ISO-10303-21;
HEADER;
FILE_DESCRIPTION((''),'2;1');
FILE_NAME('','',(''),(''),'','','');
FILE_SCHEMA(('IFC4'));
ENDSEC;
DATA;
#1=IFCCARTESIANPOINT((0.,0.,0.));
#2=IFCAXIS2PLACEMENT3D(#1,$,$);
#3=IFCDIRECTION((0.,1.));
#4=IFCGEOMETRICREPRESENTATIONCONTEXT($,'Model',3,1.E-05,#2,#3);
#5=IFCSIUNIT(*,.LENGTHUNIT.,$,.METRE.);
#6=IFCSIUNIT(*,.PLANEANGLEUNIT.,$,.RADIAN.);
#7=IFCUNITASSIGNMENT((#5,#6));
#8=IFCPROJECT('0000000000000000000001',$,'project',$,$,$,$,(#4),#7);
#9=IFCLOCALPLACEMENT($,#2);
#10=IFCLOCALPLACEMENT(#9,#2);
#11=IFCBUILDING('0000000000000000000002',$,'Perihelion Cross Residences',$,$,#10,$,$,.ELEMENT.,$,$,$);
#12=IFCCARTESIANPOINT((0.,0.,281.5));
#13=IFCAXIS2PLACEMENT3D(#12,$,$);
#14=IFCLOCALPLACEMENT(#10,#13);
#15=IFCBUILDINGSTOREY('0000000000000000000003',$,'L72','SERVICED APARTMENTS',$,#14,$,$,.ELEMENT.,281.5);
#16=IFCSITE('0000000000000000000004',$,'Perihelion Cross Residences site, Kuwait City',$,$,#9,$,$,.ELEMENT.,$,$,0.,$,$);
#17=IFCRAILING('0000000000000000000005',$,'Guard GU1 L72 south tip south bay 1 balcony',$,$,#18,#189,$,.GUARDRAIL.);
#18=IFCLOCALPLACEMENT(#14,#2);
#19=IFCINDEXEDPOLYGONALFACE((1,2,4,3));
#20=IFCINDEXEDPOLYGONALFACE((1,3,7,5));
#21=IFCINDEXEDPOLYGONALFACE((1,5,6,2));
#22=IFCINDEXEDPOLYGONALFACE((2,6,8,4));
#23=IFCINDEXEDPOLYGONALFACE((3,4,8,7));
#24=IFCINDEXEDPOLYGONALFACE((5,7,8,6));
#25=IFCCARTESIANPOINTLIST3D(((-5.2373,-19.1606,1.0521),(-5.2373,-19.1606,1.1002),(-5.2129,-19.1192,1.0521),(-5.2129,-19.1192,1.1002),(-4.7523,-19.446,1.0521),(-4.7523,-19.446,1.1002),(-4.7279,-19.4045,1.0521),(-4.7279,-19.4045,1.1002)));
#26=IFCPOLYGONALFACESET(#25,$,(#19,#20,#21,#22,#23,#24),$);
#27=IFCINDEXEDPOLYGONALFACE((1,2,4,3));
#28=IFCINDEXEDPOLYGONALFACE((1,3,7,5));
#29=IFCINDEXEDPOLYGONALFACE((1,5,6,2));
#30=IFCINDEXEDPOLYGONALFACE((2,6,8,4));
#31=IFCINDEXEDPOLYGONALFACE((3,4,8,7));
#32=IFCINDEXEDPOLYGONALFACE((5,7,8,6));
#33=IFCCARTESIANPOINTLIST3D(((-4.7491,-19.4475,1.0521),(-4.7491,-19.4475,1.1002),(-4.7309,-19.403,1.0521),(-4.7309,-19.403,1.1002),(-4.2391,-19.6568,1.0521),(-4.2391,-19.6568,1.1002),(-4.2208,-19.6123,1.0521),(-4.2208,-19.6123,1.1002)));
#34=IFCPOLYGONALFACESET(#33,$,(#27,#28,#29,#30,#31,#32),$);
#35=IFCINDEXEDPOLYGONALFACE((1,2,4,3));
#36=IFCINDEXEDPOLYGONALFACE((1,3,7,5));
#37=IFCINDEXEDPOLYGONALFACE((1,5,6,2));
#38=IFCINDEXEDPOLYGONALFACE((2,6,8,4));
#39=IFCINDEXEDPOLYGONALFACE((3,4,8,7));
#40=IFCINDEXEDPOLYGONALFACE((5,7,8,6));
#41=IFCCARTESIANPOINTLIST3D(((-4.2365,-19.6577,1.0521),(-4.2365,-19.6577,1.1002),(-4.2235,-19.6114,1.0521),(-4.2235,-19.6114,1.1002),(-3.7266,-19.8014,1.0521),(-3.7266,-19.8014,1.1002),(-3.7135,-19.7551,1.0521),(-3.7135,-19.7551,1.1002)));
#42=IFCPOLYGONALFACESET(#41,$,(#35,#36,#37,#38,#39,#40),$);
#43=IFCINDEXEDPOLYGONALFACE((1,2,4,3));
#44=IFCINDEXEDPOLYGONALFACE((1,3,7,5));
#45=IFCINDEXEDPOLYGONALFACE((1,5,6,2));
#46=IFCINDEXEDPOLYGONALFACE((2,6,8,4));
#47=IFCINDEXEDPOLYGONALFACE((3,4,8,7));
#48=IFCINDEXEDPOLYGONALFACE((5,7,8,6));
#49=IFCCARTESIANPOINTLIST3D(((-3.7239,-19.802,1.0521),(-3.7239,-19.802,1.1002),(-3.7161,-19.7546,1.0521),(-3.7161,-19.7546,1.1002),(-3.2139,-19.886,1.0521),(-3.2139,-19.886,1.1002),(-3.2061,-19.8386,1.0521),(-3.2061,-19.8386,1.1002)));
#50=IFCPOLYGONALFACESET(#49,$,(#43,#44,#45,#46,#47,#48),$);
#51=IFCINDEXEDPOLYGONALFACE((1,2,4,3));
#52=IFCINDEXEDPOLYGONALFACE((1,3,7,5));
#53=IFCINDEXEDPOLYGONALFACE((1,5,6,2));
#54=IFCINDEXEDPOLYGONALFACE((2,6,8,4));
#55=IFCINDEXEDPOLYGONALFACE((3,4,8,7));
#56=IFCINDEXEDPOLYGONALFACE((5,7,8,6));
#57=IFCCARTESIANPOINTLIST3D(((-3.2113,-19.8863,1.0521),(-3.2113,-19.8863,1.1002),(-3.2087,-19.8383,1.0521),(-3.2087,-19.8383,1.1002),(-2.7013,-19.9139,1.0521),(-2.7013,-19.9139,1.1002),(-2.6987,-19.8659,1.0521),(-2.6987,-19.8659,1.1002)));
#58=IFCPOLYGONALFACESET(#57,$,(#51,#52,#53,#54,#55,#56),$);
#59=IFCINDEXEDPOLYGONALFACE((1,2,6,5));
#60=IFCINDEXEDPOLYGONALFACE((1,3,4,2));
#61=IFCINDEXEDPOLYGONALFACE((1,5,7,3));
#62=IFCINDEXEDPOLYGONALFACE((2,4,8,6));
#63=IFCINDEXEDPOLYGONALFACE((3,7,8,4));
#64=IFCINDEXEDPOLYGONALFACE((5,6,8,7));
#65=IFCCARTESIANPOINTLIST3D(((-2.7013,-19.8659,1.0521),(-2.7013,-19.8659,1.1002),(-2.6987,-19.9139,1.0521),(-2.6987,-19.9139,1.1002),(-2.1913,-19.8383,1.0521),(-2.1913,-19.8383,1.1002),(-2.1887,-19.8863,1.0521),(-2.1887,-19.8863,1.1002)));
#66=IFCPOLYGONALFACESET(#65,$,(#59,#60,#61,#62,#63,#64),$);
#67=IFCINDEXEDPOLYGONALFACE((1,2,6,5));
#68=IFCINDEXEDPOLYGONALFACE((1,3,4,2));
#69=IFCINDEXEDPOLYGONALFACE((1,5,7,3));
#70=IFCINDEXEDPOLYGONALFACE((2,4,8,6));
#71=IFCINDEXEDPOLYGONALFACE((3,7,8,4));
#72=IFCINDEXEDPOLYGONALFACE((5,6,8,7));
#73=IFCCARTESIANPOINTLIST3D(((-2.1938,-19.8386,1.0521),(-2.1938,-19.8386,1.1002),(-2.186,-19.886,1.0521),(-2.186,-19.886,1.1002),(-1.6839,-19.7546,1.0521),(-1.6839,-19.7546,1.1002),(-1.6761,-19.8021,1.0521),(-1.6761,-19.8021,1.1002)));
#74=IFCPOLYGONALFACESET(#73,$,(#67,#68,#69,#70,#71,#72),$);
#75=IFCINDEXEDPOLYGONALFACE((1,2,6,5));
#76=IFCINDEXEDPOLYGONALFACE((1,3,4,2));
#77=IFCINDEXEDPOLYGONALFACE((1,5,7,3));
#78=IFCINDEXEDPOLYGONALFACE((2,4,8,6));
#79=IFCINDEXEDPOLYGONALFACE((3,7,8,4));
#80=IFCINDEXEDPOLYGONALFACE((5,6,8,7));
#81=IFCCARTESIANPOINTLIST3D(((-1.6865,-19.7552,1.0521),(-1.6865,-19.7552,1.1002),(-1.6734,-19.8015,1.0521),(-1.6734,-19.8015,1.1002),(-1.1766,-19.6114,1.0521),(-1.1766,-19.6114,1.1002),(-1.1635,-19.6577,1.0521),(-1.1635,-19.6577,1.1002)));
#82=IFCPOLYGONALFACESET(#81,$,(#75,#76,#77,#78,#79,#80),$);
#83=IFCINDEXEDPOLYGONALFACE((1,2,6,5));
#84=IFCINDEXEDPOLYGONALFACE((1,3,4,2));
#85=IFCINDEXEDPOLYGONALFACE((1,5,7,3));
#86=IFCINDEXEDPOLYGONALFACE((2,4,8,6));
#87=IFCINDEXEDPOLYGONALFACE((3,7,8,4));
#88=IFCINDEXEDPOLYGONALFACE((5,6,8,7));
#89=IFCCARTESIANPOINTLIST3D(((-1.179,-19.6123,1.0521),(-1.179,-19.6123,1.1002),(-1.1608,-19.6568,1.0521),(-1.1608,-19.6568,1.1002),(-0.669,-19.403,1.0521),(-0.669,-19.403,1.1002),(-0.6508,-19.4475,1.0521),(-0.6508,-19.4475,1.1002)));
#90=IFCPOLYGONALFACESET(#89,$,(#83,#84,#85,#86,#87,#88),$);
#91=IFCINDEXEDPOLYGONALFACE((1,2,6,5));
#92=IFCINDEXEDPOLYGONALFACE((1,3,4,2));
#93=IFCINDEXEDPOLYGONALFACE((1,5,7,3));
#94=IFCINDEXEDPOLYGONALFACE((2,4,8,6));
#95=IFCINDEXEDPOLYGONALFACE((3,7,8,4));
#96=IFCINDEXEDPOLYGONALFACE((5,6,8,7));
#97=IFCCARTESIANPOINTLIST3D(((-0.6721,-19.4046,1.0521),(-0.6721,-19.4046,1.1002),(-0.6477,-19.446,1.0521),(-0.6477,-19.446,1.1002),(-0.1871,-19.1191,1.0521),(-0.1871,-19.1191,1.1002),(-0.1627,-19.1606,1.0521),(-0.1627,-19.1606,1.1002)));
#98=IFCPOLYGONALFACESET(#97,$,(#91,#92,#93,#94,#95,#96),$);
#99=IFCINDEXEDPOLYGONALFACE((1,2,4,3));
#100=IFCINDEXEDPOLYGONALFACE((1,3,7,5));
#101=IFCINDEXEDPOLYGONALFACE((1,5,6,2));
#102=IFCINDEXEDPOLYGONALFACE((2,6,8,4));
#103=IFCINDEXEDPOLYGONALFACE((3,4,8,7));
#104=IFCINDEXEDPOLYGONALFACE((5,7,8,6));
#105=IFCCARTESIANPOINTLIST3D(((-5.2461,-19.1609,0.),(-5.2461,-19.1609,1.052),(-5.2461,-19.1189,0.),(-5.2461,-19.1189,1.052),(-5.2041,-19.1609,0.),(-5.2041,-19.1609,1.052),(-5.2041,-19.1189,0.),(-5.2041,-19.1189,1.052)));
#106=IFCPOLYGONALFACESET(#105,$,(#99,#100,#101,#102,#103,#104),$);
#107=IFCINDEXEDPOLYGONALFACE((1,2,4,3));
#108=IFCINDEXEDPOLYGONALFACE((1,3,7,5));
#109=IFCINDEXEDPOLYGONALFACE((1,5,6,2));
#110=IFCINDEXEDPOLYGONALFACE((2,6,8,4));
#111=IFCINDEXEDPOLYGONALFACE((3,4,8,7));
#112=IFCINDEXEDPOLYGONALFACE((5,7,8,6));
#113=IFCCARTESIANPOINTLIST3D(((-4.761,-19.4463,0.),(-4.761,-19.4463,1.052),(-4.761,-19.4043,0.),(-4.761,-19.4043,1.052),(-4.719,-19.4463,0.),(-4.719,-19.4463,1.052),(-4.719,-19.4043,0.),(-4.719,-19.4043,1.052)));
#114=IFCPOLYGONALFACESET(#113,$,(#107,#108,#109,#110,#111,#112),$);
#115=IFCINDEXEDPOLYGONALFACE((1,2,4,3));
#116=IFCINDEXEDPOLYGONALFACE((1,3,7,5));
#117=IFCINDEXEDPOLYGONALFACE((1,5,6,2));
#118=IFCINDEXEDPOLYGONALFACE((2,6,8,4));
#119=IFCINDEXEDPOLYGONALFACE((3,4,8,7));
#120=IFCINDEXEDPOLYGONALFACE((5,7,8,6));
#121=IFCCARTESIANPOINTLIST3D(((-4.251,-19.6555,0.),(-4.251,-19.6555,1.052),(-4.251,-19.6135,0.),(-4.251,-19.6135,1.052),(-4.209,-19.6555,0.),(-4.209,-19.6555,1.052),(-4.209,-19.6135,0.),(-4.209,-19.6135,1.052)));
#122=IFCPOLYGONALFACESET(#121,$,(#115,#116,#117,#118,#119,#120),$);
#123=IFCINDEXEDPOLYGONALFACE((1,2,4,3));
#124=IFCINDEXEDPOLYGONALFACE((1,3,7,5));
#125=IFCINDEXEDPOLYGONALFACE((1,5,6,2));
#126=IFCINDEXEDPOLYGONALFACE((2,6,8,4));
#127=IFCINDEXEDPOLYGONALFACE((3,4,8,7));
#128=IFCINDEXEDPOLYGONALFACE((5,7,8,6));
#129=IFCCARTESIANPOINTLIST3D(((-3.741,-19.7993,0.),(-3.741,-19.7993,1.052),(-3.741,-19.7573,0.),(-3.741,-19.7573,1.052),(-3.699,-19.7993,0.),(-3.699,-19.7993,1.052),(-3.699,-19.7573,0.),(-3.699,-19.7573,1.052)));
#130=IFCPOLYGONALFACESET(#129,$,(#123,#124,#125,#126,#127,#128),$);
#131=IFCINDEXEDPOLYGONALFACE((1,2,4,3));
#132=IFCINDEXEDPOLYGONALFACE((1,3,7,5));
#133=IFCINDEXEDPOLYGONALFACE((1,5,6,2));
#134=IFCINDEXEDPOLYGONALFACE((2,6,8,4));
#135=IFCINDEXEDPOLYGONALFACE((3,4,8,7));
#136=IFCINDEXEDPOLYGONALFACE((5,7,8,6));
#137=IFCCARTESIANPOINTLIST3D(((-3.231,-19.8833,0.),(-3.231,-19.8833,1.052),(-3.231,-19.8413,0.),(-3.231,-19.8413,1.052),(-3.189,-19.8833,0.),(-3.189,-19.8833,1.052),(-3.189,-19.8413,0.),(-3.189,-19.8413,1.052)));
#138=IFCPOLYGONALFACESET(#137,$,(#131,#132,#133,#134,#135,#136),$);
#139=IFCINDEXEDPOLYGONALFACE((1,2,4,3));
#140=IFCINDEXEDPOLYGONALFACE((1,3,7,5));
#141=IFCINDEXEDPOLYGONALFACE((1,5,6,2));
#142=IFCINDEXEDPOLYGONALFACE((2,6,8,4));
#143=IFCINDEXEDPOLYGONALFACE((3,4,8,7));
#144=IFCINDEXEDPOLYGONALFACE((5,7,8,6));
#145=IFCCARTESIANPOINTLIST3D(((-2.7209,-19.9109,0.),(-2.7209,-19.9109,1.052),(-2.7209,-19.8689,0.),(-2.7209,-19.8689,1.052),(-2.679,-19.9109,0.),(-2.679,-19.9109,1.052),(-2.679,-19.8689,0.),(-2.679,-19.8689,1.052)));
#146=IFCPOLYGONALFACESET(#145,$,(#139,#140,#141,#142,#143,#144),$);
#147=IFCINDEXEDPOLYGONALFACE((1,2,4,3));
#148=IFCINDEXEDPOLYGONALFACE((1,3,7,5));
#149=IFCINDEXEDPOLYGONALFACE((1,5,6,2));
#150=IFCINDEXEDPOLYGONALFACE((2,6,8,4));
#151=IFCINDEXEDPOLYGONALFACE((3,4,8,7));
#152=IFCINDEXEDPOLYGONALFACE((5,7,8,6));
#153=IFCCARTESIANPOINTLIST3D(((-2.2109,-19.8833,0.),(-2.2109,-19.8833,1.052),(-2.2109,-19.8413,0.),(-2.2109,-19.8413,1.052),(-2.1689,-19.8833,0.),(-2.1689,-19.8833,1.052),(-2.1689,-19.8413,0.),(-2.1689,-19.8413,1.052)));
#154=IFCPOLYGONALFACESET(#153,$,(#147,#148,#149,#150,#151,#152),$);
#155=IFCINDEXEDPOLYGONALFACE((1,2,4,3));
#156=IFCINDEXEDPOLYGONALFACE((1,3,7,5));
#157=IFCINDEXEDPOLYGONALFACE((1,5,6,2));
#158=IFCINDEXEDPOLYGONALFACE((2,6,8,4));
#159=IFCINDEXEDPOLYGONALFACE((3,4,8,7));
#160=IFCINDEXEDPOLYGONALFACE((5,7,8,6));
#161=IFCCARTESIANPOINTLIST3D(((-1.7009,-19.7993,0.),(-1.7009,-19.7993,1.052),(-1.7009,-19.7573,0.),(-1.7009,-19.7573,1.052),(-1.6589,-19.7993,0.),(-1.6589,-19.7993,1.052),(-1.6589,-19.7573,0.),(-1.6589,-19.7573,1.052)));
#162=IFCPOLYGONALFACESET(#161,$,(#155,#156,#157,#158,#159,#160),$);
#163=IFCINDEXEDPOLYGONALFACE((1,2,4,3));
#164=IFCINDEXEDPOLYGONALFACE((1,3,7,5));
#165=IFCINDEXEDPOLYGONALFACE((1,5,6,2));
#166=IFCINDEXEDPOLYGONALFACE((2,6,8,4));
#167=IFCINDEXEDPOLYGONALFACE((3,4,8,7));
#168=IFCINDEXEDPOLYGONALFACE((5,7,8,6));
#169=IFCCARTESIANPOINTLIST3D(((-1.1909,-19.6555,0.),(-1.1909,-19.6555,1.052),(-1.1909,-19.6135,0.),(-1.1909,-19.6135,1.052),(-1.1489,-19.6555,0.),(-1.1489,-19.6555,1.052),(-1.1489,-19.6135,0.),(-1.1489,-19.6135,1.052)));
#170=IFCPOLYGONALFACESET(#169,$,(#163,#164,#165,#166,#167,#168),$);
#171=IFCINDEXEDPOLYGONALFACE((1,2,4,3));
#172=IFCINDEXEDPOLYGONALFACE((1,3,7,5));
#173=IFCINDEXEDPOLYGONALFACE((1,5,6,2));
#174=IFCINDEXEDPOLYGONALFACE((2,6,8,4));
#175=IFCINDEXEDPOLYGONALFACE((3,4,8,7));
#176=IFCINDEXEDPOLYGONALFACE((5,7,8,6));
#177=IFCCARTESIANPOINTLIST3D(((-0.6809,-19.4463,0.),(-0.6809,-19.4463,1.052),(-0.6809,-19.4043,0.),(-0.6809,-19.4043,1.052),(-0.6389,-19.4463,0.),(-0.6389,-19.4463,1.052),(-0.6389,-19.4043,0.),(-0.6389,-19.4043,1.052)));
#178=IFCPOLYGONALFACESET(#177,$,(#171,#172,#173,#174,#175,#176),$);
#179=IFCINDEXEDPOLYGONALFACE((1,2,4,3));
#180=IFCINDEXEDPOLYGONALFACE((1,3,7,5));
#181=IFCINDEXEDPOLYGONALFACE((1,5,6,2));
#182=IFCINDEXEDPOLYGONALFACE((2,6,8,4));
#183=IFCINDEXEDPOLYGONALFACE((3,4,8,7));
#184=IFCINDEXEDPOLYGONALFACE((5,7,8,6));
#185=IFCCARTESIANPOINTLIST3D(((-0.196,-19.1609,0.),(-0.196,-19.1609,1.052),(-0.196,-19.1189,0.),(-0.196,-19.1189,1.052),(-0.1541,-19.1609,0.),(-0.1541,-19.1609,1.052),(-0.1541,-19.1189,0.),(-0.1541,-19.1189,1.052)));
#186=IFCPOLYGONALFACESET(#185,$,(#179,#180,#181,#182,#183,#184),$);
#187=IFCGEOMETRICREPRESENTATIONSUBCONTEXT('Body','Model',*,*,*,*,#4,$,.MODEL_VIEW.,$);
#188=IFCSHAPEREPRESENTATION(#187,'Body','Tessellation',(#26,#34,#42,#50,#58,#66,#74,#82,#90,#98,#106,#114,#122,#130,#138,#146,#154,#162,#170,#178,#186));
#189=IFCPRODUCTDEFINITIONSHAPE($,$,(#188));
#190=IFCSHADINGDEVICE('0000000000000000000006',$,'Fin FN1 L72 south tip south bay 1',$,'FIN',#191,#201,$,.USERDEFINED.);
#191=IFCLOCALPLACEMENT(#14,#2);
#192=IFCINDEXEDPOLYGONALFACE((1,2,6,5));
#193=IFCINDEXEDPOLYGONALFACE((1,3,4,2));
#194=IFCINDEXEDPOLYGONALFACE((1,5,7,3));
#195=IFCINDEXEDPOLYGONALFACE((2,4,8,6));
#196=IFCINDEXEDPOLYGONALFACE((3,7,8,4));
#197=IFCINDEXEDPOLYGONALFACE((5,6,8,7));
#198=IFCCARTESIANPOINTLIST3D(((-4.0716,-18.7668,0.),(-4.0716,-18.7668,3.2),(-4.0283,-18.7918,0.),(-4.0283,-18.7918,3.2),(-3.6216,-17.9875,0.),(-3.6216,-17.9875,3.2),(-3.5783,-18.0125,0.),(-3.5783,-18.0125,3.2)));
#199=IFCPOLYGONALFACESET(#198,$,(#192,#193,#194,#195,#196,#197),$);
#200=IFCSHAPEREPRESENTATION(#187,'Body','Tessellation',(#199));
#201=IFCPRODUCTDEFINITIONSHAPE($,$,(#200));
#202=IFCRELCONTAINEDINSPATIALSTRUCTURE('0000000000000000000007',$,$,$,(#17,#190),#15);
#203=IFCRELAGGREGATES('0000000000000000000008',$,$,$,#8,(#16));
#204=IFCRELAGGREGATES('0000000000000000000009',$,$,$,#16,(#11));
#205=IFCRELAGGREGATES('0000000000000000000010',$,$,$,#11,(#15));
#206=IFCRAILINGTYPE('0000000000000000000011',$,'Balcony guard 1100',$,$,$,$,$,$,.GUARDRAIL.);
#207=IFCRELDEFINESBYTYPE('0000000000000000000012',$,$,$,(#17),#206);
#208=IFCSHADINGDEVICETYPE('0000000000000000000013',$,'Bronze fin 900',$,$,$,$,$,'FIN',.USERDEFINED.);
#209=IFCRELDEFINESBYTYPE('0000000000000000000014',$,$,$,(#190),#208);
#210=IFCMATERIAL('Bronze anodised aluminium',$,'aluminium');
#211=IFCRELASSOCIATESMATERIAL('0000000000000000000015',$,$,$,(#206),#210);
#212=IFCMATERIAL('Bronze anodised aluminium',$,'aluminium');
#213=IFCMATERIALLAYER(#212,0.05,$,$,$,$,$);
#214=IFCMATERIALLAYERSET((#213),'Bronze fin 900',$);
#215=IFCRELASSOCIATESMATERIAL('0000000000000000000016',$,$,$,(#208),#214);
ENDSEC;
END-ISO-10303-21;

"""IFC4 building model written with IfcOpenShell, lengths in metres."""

from ifc_helpers import new_model, si_unit, direction, frame, origin, origin_2d, place, context, subcontext, project, spatial, rectangle, extrude, material, layer, layer_set, type_object, element, save


model = new_model("IFC4")

# Units and contexts
model_context = context("Model", 3, precision=1e-05, world=origin(), true_north=direction((0.0, 1.0)))
body_context = subcontext(model_context, "Body", "Model", "MODEL_VIEW")
ifc_project = project(units=[si_unit("LENGTHUNIT", "METRE"), si_unit("PLANEANGLEUNIT", "RADIAN")], contexts=[model_context])

# Site, building, storey
site_placement = place(None, origin())
site = spatial("IfcSite", under=ifc_project, at=site_placement, Name="Perihelion Cross Residences site, Kuwait City", CompositionType="ELEMENT", RefElevation=0.0)
building_placement = place(site_placement, origin())
building = spatial("IfcBuilding", under=site, at=building_placement, Name="Perihelion Cross Residences", CompositionType="ELEMENT")
storey_placement = place(building_placement, frame((0.0, 0.0, 281.5)))
storey = spatial("IfcBuildingStorey", under=building, at=storey_placement, Name="L72", Description="SERVICED APARTMENTS", CompositionType="ELEMENT", Elevation=281.5)

# Railing
ifc_material_1 = material(Name="Bronze anodised aluminium", Category="aluminium")
railing_type = type_object("IfcRailingType", Name="Balcony guard 1100", PredefinedType="GUARDRAIL", material=ifc_material_1)
railing_1_placement = place(storey_placement, frame((-5.2251, -19.1399, 0.0)))
element("IfcRailing", 1, at=railing_1_placement, inside=storey, type_object=railing_type, Name="Guard GU1 L72 south tip south bay 1 balcony", PredefinedType="GUARDRAIL", context=body_context, shape_type="SweptSolid", body=[
    extrude(rectangle(XDim=0.0481, YDim=0.0481, at=origin_2d()), frame((0.0, 0.0, 1.0762), z_axis=(0.861901, -0.507077, 0.0), x_axis=(0.507077, 0.861901, 0.0)), (0.0, 0.0, 1.0), 0.5627),
    extrude(rectangle(XDim=0.0481, YDim=0.0481, at=origin_2d()), frame((0.4851, -0.2854, 1.0762), z_axis=(0.925173, -0.379547, 0.0), x_axis=(0.379547, 0.925173, 0.0)), (0.0, 0.0, 1.0), 0.5513),
    extrude(rectangle(XDim=0.0481, YDim=0.0481, at=origin_2d()), frame((0.9951, -0.4946, 1.0762), z_axis=(0.962474, -0.271373, 0.0), x_axis=(0.271373, 0.962474, 0.0)), (0.0, 0.0, 1.0), 0.5298),
    extrude(rectangle(XDim=0.0481, YDim=0.0481, at=origin_2d()), frame((1.5051, -0.6384, 1.0762), z_axis=(0.986711, -0.162484, 0.0), x_axis=(0.162484, 0.986711, 0.0)), (0.0, 0.0, 1.0), 0.5168),
    extrude(rectangle(XDim=0.0481, YDim=0.0481, at=origin_2d()), frame((2.0151, -0.7224, 1.0762), z_axis=(0.99854, -0.054014, 0.0), x_axis=(0.054014, 0.99854, 0.0)), (0.0, 0.0, 1.0), 0.5107),
    extrude(rectangle(XDim=0.0481, YDim=0.0481, at=origin_2d()), frame((2.5251, -0.75, 1.0762), z_axis=(0.99854, 0.054014, 0.0), x_axis=(-0.054014, 0.99854, 0.0)), (0.0, 0.0, 1.0), 0.5107),
    extrude(rectangle(XDim=0.0481, YDim=0.0481, at=origin_2d()), frame((3.0352, -0.7224, 1.0762), z_axis=(0.986711, 0.162484, 0.0), x_axis=(-0.162484, 0.986711, 0.0)), (0.0, 0.0, 1.0), 0.5168),
    extrude(rectangle(XDim=0.0481, YDim=0.0481, at=origin_2d()), frame((3.5452, -0.6384, 1.0762), z_axis=(0.962474, 0.271373, 0.0), x_axis=(-0.271373, 0.962474, 0.0)), (0.0, 0.0, 1.0), 0.5298),
    extrude(rectangle(XDim=0.0481, YDim=0.0481, at=origin_2d()), frame((4.0552, -0.4946, 1.0762), z_axis=(0.925173, 0.379547, 0.0), x_axis=(-0.379547, 0.925173, 0.0)), (0.0, 0.0, 1.0), 0.5513),
    extrude(rectangle(XDim=0.0481, YDim=0.0481, at=origin_2d()), frame((4.5652, -0.2854, 1.0762), z_axis=(0.861789, 0.507267, 0.0), x_axis=(-0.507267, 0.861789, 0.0)), (0.0, 0.0, 1.0), 0.5627),
    extrude(rectangle(XDim=0.042, YDim=0.042, at=origin_2d()), origin(), (0.0, 0.0, 1.0), 1.052),
    extrude(rectangle(XDim=0.042, YDim=0.042, at=origin_2d()), frame((0.4851, -0.2854, 0.0)), (0.0, 0.0, 1.0), 1.052),
    extrude(rectangle(XDim=0.042, YDim=0.042, at=origin_2d()), frame((0.9951, -0.4946, 0.0)), (0.0, 0.0, 1.0), 1.052),
    extrude(rectangle(XDim=0.042, YDim=0.042, at=origin_2d()), frame((1.5051, -0.6384, 0.0)), (0.0, 0.0, 1.0), 1.052),
    extrude(rectangle(XDim=0.042, YDim=0.042, at=origin_2d()), frame((2.0151, -0.7224, 0.0)), (0.0, 0.0, 1.0), 1.052),
    extrude(rectangle(XDim=0.042, YDim=0.042, at=origin_2d()), frame((2.5251, -0.75, 0.0)), (0.0, 0.0, 1.0), 1.052),
    extrude(rectangle(XDim=0.042, YDim=0.042, at=origin_2d()), frame((3.0352, -0.7224, 0.0)), (0.0, 0.0, 1.0), 1.052),
    extrude(rectangle(XDim=0.042, YDim=0.042, at=origin_2d()), frame((3.5452, -0.6384, 0.0)), (0.0, 0.0, 1.0), 1.052),
    extrude(rectangle(XDim=0.042, YDim=0.042, at=origin_2d()), frame((4.0552, -0.4946, 0.0)), (0.0, 0.0, 1.0), 1.052),
    extrude(rectangle(XDim=0.042, YDim=0.042, at=origin_2d()), frame((4.5652, -0.2854, 0.0)), (0.0, 0.0, 1.0), 1.052),
    extrude(rectangle(XDim=0.042, YDim=0.042, at=origin_2d()), frame((5.05, 0.0, 0.0)), (0.0, 0.0, 1.0), 1.052),
])

# Shading device
ifc_material_2 = material(Name="Bronze anodised aluminium", Category="aluminium")
ifc_layer_1 = layer(ifc_material_2, 0.05)
ifc_layer_set_1 = layer_set([ifc_layer_1], Name="Bronze fin 900")
shading_device_type = type_object("IfcShadingDeviceType", Name="Bronze fin 900", ElementType="FIN", PredefinedType="USERDEFINED", material=ifc_layer_set_1)
shading_device_placement = place(storey_placement, frame((-3.825, -18.3896, 0.0), z_axis=(0.0, 0.0, 1.0), x_axis=(-0.5, -0.866025, 0.0)))
element("IfcShadingDevice", 2, at=shading_device_placement, inside=storey, type_object=shading_device_type, Name="Fin FN1 L72 south tip south bay 1", ObjectType="FIN", PredefinedType="USERDEFINED", context=body_context, shape_type="SweptSolid", body=[
    extrude(rectangle(XDim=0.8999, YDim=0.05, at=origin_2d()), origin(), (0.0, 0.0, 1.0), 3.2),
])

save(model, "model.ifc")
